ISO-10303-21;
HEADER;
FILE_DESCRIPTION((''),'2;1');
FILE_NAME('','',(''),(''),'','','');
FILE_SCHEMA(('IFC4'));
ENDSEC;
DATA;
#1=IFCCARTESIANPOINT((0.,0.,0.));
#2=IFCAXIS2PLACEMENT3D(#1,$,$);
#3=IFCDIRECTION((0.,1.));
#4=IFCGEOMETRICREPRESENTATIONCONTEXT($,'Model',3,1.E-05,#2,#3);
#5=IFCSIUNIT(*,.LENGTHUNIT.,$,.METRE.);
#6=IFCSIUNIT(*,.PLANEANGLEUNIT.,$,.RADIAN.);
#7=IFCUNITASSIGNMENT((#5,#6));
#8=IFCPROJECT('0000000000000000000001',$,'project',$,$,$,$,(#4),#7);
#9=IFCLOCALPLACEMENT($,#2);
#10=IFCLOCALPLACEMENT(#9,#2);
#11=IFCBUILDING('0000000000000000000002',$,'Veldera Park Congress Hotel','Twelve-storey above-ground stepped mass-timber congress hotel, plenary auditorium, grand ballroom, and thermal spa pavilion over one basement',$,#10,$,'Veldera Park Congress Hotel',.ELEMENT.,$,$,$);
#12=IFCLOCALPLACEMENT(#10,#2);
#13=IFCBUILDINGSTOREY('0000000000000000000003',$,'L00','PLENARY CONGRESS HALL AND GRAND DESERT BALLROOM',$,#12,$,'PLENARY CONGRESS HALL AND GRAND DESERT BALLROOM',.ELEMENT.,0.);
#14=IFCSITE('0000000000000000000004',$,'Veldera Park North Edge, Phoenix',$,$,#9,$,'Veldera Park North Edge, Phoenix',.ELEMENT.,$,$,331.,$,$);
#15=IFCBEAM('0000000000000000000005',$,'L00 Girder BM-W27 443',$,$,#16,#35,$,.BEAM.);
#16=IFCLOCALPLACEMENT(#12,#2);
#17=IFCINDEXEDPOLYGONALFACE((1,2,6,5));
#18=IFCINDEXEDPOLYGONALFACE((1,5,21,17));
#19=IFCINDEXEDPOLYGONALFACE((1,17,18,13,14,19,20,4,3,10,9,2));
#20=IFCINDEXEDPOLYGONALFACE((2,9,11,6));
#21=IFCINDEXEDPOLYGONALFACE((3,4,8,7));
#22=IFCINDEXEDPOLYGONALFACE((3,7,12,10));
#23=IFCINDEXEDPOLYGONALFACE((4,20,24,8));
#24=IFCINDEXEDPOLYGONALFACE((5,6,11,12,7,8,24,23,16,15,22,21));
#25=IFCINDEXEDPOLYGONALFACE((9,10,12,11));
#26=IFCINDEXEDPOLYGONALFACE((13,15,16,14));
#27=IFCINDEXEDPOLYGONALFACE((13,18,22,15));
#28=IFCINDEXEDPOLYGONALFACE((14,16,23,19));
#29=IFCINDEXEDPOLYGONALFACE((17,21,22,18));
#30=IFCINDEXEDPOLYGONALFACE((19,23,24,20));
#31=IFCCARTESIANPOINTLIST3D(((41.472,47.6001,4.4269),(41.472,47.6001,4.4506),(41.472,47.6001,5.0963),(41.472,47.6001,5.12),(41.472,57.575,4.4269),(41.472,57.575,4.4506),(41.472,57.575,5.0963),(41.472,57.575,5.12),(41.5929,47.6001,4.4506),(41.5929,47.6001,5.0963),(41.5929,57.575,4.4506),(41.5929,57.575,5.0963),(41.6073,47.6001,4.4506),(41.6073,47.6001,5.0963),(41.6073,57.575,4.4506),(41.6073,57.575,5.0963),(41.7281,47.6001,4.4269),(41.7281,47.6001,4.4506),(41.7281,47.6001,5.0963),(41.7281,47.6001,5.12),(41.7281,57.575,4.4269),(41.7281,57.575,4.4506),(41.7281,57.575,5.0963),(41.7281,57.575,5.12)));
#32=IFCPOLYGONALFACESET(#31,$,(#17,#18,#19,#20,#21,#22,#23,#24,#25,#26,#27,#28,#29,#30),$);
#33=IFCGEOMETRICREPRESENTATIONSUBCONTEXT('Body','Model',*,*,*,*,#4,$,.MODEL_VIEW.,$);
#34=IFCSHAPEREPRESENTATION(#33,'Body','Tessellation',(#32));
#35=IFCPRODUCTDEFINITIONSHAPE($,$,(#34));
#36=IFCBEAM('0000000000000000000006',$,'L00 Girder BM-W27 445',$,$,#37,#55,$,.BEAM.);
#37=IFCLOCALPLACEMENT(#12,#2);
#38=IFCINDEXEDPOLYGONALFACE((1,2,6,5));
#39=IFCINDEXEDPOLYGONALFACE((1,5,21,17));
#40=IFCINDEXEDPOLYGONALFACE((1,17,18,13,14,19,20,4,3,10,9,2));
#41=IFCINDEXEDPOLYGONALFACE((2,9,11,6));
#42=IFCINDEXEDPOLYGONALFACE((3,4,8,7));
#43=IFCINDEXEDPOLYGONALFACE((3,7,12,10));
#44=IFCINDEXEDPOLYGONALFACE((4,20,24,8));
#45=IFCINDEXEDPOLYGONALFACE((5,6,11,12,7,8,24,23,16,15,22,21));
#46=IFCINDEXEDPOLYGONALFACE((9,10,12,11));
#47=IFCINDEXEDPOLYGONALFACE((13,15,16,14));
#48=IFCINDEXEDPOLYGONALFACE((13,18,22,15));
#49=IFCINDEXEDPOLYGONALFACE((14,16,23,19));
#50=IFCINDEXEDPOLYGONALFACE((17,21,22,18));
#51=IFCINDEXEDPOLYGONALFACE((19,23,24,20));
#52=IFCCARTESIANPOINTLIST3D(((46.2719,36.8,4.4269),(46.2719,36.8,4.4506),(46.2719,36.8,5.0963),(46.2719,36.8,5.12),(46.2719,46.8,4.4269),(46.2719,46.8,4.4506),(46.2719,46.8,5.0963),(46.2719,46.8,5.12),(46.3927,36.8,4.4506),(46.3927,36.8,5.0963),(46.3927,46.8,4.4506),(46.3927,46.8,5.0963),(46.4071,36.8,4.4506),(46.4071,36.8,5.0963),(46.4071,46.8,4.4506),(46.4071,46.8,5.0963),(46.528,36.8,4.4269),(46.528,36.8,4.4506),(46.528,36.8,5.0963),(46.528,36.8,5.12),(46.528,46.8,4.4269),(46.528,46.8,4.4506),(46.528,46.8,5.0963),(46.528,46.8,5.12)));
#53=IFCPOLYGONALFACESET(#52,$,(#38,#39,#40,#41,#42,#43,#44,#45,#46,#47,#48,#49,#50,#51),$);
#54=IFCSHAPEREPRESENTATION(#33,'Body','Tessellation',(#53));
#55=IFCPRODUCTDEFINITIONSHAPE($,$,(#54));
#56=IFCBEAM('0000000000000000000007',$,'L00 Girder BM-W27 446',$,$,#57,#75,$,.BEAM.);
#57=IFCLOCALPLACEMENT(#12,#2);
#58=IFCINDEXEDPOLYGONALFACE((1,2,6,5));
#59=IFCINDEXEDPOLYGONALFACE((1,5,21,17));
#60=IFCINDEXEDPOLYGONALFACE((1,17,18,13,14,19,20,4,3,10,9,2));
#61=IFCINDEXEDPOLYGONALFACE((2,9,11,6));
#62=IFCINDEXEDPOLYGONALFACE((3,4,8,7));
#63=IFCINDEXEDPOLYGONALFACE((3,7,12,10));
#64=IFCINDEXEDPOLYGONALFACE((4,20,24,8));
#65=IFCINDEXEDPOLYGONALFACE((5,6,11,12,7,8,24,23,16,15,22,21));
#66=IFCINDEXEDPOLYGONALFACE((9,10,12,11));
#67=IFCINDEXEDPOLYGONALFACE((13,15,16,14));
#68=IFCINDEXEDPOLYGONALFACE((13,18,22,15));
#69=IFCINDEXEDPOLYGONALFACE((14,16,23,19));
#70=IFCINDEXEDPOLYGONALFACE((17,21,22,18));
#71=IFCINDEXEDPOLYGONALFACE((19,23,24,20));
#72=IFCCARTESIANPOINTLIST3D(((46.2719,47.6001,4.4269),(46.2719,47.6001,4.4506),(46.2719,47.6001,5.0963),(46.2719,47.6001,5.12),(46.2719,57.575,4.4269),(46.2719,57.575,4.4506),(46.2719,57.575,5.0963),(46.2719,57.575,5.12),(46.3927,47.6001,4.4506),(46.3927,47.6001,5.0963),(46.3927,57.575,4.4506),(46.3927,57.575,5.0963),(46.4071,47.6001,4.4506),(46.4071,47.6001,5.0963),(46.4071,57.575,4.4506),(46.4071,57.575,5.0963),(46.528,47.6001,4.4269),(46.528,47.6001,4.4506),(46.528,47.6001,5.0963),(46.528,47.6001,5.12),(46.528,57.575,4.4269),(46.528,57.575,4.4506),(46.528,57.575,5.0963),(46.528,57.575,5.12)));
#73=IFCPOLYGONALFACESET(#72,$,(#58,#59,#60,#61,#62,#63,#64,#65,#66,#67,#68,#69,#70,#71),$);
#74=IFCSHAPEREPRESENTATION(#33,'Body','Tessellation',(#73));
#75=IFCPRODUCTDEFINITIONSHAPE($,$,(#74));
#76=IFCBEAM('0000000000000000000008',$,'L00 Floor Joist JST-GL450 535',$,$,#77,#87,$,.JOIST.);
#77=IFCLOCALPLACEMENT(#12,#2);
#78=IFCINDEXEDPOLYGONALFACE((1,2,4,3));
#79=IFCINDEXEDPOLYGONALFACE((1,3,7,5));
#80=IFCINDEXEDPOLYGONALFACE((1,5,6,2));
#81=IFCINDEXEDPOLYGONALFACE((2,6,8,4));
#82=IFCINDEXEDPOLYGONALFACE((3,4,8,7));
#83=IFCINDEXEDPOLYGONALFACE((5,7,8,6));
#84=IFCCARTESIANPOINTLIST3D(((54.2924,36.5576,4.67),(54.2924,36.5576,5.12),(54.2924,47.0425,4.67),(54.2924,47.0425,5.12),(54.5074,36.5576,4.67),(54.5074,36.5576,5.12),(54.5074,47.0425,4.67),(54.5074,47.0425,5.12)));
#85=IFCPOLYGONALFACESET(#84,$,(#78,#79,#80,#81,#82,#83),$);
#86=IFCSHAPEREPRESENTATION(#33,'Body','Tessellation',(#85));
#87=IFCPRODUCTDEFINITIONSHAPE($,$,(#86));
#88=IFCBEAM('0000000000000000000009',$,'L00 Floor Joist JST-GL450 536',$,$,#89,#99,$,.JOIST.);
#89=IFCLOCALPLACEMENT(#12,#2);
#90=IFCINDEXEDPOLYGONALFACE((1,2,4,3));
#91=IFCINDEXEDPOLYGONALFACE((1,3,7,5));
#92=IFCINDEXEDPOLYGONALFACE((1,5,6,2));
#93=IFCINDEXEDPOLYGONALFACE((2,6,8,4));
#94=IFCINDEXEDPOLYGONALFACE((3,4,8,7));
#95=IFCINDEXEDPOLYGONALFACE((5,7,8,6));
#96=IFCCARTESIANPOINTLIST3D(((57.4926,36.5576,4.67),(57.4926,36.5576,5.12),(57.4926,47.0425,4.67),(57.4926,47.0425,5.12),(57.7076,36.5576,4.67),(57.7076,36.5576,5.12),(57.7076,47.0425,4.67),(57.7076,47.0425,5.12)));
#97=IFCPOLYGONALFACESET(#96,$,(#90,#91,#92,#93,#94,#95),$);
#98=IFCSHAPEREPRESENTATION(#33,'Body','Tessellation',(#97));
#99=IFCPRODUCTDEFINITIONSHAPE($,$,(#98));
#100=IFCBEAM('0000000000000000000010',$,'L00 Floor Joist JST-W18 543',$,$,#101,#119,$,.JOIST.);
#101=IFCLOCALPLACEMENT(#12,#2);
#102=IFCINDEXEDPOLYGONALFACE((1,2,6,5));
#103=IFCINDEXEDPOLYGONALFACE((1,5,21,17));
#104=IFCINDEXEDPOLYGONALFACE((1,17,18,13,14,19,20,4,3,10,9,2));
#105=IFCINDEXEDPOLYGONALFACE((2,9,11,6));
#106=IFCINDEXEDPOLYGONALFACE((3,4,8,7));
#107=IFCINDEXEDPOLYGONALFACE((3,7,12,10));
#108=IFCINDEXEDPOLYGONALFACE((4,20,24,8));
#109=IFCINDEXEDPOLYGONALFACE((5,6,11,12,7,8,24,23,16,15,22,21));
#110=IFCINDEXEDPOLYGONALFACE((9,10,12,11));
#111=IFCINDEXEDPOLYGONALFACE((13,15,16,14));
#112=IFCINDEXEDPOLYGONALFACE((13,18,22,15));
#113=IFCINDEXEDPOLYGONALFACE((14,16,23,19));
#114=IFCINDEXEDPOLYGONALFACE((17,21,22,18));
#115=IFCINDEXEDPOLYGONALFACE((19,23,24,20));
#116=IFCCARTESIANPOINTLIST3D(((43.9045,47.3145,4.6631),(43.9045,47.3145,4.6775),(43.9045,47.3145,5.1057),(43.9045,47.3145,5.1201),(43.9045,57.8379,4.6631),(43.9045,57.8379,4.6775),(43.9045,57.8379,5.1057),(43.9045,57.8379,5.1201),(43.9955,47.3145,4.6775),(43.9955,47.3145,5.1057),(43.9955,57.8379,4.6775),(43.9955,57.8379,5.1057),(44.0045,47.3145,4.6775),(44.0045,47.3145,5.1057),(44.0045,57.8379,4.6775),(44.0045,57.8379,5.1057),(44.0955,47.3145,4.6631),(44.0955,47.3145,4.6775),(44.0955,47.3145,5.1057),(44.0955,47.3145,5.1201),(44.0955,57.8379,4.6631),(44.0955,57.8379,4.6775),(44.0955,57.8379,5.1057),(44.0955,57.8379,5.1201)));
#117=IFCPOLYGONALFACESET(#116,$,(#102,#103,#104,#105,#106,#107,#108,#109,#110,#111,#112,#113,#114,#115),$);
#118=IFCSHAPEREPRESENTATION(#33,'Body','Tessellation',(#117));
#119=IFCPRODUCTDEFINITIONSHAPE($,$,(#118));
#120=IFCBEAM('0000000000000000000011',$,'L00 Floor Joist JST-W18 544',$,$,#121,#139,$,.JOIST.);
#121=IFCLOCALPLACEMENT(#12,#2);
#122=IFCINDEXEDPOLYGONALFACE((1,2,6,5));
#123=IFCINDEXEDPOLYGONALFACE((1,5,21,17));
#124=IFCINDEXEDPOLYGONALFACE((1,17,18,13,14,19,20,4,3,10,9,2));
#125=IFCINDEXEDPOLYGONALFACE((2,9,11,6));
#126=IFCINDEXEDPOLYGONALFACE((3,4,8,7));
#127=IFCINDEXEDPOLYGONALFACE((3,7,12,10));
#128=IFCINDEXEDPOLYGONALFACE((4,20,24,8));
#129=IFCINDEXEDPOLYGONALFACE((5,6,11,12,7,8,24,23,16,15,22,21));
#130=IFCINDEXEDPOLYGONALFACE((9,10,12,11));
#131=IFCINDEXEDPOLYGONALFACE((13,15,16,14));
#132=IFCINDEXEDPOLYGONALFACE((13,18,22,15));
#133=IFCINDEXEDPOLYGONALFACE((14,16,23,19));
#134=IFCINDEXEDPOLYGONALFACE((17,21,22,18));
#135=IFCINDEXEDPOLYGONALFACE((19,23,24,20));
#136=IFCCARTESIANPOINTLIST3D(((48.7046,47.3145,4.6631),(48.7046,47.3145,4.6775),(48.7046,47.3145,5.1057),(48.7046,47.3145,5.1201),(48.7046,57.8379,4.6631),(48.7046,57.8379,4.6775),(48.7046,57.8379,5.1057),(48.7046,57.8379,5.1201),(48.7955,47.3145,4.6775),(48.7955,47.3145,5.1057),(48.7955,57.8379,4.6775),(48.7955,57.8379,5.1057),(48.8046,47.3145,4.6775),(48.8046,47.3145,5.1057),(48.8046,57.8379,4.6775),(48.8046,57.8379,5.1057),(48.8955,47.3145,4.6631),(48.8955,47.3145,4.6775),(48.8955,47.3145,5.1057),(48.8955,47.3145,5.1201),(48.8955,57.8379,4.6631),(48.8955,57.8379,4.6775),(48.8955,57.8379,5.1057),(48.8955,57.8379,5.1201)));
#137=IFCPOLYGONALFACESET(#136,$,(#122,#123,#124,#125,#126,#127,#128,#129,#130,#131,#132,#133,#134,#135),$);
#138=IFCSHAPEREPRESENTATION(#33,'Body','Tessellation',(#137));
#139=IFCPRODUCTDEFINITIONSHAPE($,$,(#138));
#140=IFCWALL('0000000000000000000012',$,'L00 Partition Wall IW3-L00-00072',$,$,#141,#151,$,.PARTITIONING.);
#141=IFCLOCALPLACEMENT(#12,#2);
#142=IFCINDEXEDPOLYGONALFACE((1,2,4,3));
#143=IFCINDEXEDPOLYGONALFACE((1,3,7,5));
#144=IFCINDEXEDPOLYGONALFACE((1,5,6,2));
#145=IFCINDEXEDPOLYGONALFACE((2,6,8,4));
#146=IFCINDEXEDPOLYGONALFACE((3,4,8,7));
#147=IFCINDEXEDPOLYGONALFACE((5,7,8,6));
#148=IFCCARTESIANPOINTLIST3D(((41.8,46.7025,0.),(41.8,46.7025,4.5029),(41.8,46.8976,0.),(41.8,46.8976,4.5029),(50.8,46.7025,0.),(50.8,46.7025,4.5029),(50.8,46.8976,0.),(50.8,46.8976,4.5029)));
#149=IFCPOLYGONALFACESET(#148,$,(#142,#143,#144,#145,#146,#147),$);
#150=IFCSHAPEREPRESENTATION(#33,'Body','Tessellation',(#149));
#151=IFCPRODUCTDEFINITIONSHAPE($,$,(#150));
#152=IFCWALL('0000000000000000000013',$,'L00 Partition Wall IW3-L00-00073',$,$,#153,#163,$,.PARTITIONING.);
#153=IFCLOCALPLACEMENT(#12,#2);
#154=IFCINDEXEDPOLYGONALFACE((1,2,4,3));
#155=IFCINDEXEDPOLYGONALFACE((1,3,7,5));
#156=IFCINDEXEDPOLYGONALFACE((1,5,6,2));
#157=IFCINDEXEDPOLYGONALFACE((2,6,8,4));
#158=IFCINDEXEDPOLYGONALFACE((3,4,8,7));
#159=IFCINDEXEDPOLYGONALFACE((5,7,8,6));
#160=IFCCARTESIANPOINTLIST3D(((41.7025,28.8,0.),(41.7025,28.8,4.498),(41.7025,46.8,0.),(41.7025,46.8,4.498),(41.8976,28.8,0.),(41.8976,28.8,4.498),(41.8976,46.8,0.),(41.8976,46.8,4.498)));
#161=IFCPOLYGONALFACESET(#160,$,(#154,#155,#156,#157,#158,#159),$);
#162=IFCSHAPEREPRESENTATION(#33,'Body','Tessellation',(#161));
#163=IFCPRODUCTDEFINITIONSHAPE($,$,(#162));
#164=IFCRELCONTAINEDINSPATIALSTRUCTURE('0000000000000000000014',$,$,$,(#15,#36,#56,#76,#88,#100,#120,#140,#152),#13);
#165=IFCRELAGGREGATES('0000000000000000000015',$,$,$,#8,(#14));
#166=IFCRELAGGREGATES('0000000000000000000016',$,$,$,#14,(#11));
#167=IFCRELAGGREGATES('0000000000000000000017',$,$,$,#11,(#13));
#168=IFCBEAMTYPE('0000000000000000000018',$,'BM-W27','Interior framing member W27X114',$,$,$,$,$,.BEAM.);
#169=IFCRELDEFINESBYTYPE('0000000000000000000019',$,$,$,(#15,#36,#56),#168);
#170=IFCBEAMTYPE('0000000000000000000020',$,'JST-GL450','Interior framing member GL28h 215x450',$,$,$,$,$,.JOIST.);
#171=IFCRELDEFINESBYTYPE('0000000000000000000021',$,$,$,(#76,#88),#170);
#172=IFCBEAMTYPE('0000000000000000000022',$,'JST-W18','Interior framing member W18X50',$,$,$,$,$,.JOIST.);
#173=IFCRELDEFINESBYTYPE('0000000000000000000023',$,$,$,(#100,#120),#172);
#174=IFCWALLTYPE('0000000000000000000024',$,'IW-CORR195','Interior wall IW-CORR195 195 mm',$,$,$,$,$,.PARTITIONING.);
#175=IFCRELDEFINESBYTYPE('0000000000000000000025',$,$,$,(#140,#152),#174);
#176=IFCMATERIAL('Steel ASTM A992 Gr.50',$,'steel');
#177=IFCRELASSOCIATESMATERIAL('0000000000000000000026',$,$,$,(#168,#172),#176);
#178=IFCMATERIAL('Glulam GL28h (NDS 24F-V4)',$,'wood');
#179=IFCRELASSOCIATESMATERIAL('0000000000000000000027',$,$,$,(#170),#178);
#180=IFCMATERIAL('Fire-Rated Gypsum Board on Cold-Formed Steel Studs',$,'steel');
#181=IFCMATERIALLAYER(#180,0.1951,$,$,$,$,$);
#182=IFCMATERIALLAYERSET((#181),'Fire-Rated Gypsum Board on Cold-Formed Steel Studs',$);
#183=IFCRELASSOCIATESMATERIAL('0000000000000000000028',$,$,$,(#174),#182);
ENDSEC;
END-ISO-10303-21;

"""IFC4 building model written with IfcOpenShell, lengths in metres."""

from ifc_helpers import new_model, si_unit, direction, frame, frame_2d, origin, origin_2d, place, context, subcontext, project, spatial, rectangle, i_section, extrude, material, layer, layer_set, material_profile, profile_set, type_object, element, save


model = new_model("IFC4")

# Units and contexts
model_context = context("Model", 3, precision=1e-05, world=origin(), true_north=direction((0.0, 1.0)))
body_context = subcontext(model_context, "Body", "Model", "MODEL_VIEW")
ifc_project = project(units=[si_unit("LENGTHUNIT", "METRE"), si_unit("PLANEANGLEUNIT", "RADIAN")], contexts=[model_context])

# Site, building, storey
site_placement = place(None, origin())
site = spatial("IfcSite", under=ifc_project, at=site_placement, Name="Veldera Park North Edge, Phoenix", LongName="Veldera Park North Edge, Phoenix", CompositionType="ELEMENT", RefElevation=331.0)
building_placement = place(site_placement, origin())
building = spatial("IfcBuilding", under=site, at=building_placement, Name="Veldera Park Congress Hotel", Description="Twelve-storey above-ground stepped mass-timber congress hotel, plenary auditorium, grand ballroom, and thermal spa pavilion over one basement", LongName="Veldera Park Congress Hotel", CompositionType="ELEMENT")
storey_placement = place(building_placement, origin())
storey = spatial("IfcBuildingStorey", under=building, at=storey_placement, Name="L00", Description="PLENARY CONGRESS HALL AND GRAND DESERT BALLROOM", LongName="PLENARY CONGRESS HALL AND GRAND DESERT BALLROOM", CompositionType="ELEMENT", Elevation=0.0)

# Shared definitions
ifc_material_1 = material(Name="Steel ASTM A992 Gr.50", Category="steel")

# Beams
ifc_material_2 = material(Name="Glulam GL28h (NDS 24F-V4)", Category="wood")
ifc_material_profile_1 = material_profile(ifc_material_1, i_section(OverallWidth=0.2561, OverallDepth=0.6931, WebThickness=0.0144, FlangeThickness=0.0237, at=origin_2d()), Name="W27X114")
ifc_profile_set_1 = profile_set([ifc_material_profile_1], Name="Steel ASTM A992 Gr.50")
beam_type_1 = type_object("IfcBeamType", Name="BM-W27", Description="Interior framing member W27X114", PredefinedType="BEAM", material=ifc_profile_set_1)
beam_1_placement = place(storey_placement, frame((41.6001, 47.6001, 4.7734), z_axis=(0.0, 1.0, 0.0), x_axis=(-1.0, 0.0, 0.0)))
element("IfcBeam", 1, at=beam_1_placement, inside=storey, type_object=beam_type_1, Name="L00 Girder BM-W27 443", PredefinedType="BEAM", context=body_context, shape_type="SweptSolid", body=[
    extrude(i_section(OverallWidth=0.2561, OverallDepth=0.6931, WebThickness=0.0144, FlangeThickness=0.0237, at=origin_2d()), origin(), (0.0, 0.0, 1.0), 9.9749),
])
beam_2_placement = place(storey_placement, frame((46.3999, 36.8, 4.7734), z_axis=(0.0, 1.0, 0.0), x_axis=(-1.0, 0.0, 0.0)))
element("IfcBeam", 2, at=beam_2_placement, inside=storey, type_object=beam_type_1, Name="L00 Girder BM-W27 445", PredefinedType="BEAM", context=body_context, shape_type="SweptSolid", body=[
    extrude(i_section(OverallWidth=0.2561, OverallDepth=0.6931, WebThickness=0.0144, FlangeThickness=0.0237, at=origin_2d()), origin(), (0.0, 0.0, 1.0), 10.0),
])
beam_3_placement = place(storey_placement, frame((46.3999, 47.6001, 4.7734), z_axis=(0.0, 1.0, 0.0), x_axis=(-1.0, 0.0, 0.0)))
element("IfcBeam", 3, at=beam_3_placement, inside=storey, type_object=beam_type_1, Name="L00 Girder BM-W27 446", PredefinedType="BEAM", context=body_context, shape_type="SweptSolid", body=[
    extrude(i_section(OverallWidth=0.2561, OverallDepth=0.6931, WebThickness=0.0144, FlangeThickness=0.0237, at=origin_2d()), origin(), (0.0, 0.0, 1.0), 9.9749),
])
ifc_material_profile_2 = material_profile(ifc_material_2, rectangle(XDim=0.2151, YDim=0.45, at=origin_2d()), Name="GL28h 215x450")
ifc_profile_set_2 = profile_set([ifc_material_profile_2], Name="Glulam GL28h (NDS 24F-V4)")
beam_type_2 = type_object("IfcBeamType", Name="JST-GL450", Description="Interior framing member GL28h 215x450", PredefinedType="JOIST", material=ifc_profile_set_2)
for number, where, z_axis, x_axis, name in (
    (4, (54.3999, 36.5576, 4.895), (0.0, 1.0, 0.0), (-1.0, 0.0, 0.0), "L00 Floor Joist JST-GL450 535"),
    (5, (57.6001, 36.5576, 4.895), (0.0, 1.0, 0.0), (-1.0, 0.0, 0.0), "L00 Floor Joist JST-GL450 536"),
):
    element("IfcBeam", number, at=place(storey_placement, frame(where, z_axis=z_axis, x_axis=x_axis)), inside=storey, type_object=beam_type_2, Name=name, PredefinedType="JOIST", context=body_context, shape_type="SweptSolid", body=[
        extrude(rectangle(XDim=0.2151, YDim=0.45, at=origin_2d()), origin(), (0.0, 0.0, 1.0), 10.4849),
    ])
ifc_material_profile_3 = material_profile(ifc_material_1, i_section(OverallWidth=0.1909, OverallDepth=0.457, WebThickness=0.009, FlangeThickness=0.0144, at=origin_2d()), Name="W18X50")
ifc_profile_set_3 = profile_set([ifc_material_profile_3], Name="Steel ASTM A992 Gr.50")
beam_type_3 = type_object("IfcBeamType", Name="JST-W18", Description="Interior framing member W18X50", PredefinedType="JOIST", material=ifc_profile_set_3)
for number, where, z_axis, x_axis, name in (
    (6, (44.0, 47.3145, 4.8916), (0.0, 1.0, 0.0), (-1.0, 0.0, 0.0), "L00 Floor Joist JST-W18 543"),
    (7, (48.8, 47.3145, 4.8916), (0.0, 1.0, 0.0), (-1.0, 0.0, 0.0), "L00 Floor Joist JST-W18 544"),
):
    element("IfcBeam", number, at=place(storey_placement, frame(where, z_axis=z_axis, x_axis=x_axis)), inside=storey, type_object=beam_type_3, Name=name, PredefinedType="JOIST", context=body_context, shape_type="SweptSolid", body=[
        extrude(i_section(OverallWidth=0.1909, OverallDepth=0.457, WebThickness=0.009, FlangeThickness=0.0144, at=origin_2d()), origin(), (0.0, 0.0, 1.0), 10.5234),
    ])

# Walls
ifc_material_3 = material(Name="Fire-Rated Gypsum Board on Cold-Formed Steel Studs", Category="steel")
ifc_layer = layer(ifc_material_3, 0.1951)
ifc_layer_set = layer_set([ifc_layer], Name="Fire-Rated Gypsum Board on Cold-Formed Steel Studs")
wall_type = type_object("IfcWallType", Name="IW-CORR195", Description="Interior wall IW-CORR195 195 mm", PredefinedType="PARTITIONING", material=ifc_layer_set)
wall_1_placement = place(storey_placement, frame((50.8, 46.8, 0.0), z_axis=(0.0, 0.0, 1.0), x_axis=(-1.0, 0.0, 0.0)))
element("IfcWall", 8, at=wall_1_placement, inside=storey, type_object=wall_type, Name="L00 Partition Wall IW3-L00-00072", PredefinedType="PARTITIONING", context=body_context, shape_type="SweptSolid", body=[
    extrude(rectangle(XDim=9.0, YDim=0.1951, at=frame_2d((4.5, 0.0))), origin(), (0.0, 0.0, 1.0), 4.5029),
])
wall_2_placement = place(storey_placement, frame((41.8, 46.8, 0.0), z_axis=(0.0, 0.0, 1.0), x_axis=(0.0, -1.0, 0.0)))
element("IfcWall", 9, at=wall_2_placement, inside=storey, type_object=wall_type, Name="L00 Partition Wall IW3-L00-00073", PredefinedType="PARTITIONING", context=body_context, shape_type="SweptSolid", body=[
    extrude(rectangle(XDim=18.0, YDim=0.1951, at=frame_2d((9.0, 0.0))), origin(), (0.0, 0.0, 1.0), 4.498),
])

save(model, "model.ifc")
